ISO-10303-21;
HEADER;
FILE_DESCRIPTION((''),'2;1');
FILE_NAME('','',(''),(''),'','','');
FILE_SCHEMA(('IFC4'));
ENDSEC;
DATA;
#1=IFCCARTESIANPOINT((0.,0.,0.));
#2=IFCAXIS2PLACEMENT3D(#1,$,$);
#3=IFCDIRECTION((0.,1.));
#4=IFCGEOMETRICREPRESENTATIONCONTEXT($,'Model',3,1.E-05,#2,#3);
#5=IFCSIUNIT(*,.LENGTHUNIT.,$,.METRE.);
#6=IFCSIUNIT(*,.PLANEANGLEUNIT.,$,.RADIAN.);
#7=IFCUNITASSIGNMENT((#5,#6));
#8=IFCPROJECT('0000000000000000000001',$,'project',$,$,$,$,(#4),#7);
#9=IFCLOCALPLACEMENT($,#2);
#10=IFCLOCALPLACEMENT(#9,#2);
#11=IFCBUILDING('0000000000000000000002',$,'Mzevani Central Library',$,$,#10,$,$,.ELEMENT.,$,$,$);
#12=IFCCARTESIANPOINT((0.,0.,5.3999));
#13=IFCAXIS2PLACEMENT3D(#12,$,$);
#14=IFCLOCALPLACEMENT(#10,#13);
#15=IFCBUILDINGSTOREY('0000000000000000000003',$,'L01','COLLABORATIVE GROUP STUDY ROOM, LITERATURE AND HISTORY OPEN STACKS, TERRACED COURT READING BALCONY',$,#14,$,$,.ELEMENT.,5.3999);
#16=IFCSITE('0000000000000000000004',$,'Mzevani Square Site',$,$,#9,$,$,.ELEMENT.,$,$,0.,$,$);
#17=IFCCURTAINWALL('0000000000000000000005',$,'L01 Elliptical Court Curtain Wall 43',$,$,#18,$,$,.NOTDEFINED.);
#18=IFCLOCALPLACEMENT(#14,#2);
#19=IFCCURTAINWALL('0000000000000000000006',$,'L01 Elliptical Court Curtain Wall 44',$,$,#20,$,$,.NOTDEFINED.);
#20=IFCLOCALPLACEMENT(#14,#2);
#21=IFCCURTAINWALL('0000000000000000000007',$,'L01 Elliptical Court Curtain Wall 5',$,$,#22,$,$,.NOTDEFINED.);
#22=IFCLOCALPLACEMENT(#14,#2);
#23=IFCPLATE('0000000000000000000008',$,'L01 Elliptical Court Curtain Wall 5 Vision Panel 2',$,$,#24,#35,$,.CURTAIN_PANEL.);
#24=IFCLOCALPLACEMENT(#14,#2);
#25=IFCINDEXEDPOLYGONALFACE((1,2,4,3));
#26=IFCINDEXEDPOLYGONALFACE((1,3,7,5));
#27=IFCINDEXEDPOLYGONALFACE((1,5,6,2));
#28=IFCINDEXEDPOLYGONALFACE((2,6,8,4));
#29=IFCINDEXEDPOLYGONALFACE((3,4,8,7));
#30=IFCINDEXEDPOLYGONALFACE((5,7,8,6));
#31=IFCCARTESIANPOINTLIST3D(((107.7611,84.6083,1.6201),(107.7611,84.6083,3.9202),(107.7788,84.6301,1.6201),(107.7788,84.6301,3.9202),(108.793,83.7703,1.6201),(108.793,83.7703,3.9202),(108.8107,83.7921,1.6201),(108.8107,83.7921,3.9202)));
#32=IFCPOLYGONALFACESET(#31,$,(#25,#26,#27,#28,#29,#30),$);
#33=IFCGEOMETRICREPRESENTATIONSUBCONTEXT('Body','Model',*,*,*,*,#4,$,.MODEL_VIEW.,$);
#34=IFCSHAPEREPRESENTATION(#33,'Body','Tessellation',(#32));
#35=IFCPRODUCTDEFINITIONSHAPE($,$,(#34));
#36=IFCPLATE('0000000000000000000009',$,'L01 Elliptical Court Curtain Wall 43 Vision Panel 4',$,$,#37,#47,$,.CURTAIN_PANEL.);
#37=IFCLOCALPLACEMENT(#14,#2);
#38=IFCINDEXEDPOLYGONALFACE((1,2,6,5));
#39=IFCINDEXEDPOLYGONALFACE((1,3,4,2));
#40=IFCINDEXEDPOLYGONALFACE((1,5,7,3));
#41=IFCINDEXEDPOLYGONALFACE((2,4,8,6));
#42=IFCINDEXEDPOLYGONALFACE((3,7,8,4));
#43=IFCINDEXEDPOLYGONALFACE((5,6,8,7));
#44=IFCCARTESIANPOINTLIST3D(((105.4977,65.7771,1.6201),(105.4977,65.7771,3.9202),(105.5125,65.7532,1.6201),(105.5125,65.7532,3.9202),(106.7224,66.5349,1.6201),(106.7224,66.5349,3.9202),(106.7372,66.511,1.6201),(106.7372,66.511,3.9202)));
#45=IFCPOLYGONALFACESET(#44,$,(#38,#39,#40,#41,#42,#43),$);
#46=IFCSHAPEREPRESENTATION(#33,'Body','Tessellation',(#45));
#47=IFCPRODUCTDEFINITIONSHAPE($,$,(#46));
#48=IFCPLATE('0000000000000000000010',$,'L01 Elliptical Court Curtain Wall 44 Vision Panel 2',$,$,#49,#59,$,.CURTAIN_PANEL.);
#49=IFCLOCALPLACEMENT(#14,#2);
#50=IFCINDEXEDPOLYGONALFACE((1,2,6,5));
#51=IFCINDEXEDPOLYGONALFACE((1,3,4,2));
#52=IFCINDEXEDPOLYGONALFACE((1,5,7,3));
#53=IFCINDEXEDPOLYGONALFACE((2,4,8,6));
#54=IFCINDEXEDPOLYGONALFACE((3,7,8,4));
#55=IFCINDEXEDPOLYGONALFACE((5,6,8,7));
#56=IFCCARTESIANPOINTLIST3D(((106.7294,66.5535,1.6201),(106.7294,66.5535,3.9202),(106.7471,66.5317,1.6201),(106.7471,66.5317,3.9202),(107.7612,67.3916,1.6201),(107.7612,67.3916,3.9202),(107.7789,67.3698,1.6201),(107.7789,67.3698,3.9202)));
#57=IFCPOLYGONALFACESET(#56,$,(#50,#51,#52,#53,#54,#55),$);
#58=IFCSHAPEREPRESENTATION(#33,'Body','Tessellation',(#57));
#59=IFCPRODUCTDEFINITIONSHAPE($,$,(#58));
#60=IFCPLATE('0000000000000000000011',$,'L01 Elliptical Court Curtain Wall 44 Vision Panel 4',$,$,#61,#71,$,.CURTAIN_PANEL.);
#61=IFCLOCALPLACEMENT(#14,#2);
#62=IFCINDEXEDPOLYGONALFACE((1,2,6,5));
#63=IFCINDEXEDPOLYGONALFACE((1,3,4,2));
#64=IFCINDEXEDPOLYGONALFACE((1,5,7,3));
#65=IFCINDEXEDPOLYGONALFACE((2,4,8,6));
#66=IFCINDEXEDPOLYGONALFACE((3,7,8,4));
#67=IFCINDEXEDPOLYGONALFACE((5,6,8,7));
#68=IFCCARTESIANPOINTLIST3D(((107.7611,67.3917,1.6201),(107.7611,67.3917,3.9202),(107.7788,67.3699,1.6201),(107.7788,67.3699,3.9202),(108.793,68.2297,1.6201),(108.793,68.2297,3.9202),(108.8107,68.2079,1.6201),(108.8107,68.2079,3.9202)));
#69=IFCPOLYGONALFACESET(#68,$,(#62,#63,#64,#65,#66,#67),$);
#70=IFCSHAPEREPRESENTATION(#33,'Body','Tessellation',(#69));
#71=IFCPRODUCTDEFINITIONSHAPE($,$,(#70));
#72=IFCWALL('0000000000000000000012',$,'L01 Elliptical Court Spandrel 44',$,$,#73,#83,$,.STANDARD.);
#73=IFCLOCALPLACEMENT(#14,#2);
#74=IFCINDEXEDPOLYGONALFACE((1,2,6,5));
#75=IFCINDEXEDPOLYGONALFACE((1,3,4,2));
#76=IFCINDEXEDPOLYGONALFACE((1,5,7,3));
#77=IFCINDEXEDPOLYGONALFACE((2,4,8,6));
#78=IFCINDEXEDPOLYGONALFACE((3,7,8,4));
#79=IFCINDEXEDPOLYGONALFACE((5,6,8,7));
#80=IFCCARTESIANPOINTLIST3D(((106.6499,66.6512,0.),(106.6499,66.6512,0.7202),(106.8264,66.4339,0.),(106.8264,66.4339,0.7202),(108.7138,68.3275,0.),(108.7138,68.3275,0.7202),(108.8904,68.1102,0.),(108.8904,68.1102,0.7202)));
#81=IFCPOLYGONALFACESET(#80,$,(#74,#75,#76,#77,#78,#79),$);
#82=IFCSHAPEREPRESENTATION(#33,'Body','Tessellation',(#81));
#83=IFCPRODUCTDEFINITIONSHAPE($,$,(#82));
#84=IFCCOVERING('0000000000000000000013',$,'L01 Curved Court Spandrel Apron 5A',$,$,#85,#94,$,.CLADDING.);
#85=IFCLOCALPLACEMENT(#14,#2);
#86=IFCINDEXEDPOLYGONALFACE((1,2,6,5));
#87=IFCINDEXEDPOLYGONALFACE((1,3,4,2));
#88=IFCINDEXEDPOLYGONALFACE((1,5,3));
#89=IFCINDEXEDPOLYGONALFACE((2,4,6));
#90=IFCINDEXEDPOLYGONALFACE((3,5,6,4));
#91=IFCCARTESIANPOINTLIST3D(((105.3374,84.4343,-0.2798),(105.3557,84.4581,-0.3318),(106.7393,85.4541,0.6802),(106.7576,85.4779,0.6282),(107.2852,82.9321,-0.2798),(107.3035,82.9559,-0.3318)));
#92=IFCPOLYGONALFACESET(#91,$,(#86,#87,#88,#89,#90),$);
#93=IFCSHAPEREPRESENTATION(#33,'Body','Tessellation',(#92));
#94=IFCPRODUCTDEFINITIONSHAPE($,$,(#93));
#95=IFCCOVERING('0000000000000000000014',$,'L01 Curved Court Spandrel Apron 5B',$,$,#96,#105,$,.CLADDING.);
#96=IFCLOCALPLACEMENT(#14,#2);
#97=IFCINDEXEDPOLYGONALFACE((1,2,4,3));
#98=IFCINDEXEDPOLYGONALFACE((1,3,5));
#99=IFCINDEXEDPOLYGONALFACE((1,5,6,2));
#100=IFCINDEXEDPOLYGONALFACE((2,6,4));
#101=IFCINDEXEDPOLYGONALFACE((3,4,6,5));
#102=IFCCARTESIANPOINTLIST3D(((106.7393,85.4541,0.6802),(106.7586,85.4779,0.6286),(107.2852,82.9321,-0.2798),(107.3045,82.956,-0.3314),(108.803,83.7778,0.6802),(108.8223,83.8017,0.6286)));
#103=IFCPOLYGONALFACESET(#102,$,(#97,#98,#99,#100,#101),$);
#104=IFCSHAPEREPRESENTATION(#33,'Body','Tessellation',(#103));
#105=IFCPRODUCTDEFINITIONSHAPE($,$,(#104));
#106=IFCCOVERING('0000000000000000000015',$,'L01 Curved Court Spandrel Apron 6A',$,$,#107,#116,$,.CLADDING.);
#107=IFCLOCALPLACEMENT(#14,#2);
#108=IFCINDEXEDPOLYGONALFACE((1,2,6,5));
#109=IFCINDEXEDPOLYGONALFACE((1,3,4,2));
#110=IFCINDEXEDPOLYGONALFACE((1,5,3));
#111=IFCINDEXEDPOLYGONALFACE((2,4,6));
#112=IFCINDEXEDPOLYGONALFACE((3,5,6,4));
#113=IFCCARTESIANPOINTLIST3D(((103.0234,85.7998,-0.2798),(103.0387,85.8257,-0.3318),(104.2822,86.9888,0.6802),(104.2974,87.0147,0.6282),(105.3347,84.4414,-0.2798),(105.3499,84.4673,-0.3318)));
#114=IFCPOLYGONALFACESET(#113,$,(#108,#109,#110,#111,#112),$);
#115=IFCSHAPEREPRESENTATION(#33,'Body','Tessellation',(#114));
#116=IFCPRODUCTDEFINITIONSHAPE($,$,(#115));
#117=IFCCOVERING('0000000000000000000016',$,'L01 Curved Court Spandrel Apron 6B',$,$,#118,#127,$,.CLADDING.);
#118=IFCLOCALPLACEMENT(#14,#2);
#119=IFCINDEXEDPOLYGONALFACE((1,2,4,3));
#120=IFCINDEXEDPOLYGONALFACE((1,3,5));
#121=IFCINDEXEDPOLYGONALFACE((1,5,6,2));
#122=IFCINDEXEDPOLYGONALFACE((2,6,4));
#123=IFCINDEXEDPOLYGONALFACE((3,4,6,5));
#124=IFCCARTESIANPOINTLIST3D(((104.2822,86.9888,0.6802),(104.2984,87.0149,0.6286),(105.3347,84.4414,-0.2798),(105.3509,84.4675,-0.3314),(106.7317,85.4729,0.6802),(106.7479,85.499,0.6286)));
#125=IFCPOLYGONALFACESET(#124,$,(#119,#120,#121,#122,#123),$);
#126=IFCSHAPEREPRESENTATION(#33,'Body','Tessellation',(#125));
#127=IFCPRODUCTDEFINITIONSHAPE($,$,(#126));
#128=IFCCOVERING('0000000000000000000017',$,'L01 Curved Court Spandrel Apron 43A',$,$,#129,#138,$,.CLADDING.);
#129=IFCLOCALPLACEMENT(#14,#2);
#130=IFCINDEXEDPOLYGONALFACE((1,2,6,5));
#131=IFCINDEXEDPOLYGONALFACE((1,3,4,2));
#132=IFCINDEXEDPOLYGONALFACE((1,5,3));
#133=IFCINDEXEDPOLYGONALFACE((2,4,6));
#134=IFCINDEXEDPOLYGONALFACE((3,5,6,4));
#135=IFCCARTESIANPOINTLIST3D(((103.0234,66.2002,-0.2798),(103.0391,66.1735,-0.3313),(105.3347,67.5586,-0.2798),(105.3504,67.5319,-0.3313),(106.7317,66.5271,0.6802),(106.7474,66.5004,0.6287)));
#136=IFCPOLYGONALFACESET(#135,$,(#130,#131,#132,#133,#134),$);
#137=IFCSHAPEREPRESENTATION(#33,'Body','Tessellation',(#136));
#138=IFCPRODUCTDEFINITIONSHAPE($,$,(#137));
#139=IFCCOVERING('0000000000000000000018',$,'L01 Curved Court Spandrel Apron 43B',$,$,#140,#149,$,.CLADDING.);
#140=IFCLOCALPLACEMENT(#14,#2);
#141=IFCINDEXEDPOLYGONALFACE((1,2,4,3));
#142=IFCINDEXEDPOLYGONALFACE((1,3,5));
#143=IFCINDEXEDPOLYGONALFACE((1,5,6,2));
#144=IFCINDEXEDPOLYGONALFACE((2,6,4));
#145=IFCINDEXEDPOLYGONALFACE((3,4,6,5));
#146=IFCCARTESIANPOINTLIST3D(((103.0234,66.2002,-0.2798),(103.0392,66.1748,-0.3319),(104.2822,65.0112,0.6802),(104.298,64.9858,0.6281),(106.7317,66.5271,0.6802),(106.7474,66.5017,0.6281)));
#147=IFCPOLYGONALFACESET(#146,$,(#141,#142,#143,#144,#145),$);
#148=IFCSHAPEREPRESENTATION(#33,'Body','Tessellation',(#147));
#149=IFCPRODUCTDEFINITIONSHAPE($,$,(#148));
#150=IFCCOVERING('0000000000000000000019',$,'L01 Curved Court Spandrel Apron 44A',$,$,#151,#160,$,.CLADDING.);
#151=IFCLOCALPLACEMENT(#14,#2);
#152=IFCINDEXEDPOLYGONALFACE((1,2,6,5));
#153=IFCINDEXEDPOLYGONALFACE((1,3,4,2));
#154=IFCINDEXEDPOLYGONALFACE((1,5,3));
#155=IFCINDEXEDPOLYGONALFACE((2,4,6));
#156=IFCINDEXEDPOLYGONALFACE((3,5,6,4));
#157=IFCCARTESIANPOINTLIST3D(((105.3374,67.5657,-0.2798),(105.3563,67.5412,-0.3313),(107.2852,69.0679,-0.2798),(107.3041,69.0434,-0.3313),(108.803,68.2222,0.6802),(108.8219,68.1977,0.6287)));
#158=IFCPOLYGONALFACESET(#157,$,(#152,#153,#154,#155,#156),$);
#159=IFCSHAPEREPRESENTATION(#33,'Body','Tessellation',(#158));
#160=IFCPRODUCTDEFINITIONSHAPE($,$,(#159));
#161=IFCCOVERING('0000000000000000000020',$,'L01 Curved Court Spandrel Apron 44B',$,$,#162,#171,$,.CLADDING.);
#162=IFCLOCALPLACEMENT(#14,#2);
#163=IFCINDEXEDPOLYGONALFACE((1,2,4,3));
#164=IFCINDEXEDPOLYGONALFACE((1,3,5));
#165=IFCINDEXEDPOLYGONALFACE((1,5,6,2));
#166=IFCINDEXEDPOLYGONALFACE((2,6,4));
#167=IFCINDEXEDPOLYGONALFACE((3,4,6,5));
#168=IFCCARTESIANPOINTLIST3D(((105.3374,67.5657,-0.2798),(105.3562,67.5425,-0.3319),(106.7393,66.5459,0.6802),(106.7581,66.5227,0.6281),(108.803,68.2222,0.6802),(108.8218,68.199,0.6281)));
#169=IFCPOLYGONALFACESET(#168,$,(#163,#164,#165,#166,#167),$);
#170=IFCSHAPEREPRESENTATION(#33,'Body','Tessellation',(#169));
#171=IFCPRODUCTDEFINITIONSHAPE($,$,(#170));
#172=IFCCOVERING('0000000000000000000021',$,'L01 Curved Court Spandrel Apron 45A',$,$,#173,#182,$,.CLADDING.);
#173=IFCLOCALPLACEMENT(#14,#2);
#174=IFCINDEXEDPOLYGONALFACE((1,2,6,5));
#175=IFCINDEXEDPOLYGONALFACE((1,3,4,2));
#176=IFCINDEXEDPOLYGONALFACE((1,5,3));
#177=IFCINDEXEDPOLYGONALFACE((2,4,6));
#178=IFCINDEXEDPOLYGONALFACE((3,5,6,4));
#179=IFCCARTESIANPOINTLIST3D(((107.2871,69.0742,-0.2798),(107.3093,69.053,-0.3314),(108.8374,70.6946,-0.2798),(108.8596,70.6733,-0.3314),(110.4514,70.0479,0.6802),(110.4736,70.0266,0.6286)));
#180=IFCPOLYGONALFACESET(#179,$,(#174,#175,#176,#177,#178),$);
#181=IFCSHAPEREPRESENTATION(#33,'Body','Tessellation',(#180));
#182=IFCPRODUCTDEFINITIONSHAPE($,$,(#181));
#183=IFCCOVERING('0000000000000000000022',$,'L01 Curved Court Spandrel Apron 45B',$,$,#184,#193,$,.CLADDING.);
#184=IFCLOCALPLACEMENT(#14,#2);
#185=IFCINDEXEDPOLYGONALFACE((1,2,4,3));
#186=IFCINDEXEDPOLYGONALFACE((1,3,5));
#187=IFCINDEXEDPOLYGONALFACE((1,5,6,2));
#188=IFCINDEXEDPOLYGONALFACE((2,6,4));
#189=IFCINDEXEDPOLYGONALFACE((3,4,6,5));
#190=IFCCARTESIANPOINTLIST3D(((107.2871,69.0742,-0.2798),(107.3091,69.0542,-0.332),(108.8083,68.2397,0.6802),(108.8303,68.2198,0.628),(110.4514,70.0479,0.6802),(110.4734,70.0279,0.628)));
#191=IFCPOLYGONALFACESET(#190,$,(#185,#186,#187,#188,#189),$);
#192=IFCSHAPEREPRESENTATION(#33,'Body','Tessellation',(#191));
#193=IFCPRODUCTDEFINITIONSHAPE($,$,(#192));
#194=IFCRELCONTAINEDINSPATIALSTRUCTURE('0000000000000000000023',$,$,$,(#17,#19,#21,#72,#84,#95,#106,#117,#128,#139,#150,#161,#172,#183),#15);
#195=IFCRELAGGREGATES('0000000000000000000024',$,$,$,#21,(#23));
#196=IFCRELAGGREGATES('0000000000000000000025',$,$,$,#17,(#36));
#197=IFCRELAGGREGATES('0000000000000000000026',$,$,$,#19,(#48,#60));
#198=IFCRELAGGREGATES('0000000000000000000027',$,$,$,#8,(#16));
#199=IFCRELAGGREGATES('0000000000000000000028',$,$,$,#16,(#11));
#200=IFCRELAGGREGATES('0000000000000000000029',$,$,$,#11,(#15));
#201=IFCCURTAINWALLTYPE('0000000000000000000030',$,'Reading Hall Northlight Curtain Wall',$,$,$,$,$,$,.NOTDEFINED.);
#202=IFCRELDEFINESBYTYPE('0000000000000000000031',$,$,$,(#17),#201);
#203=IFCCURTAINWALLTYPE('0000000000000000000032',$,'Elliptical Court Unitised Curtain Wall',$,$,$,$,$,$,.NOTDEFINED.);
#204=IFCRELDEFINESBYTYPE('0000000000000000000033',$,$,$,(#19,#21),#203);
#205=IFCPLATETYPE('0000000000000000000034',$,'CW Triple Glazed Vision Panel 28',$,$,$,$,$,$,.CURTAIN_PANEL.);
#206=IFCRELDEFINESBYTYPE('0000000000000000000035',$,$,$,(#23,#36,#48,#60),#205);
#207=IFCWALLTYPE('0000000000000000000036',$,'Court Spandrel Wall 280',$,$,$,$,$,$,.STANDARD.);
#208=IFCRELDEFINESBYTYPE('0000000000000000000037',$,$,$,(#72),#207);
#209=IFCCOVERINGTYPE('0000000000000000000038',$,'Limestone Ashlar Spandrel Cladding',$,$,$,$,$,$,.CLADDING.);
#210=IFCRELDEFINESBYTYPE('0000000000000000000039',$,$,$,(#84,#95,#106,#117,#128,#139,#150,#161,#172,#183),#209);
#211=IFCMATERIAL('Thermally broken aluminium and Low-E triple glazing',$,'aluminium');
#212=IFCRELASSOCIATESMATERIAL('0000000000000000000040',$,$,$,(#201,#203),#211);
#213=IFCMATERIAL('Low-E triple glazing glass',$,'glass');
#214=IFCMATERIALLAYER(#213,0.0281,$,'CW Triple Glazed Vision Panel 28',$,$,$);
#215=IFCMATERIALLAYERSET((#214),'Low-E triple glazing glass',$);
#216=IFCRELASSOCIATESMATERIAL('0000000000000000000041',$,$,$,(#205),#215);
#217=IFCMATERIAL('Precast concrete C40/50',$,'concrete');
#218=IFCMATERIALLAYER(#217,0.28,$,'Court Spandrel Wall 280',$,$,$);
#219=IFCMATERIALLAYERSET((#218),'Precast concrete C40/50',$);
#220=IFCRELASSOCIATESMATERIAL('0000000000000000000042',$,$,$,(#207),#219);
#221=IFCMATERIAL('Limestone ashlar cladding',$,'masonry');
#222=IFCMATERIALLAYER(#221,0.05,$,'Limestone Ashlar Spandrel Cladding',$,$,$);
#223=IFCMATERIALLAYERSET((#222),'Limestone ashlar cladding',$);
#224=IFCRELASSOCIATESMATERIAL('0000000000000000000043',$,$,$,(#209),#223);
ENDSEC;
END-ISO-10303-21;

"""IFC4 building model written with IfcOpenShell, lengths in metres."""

from ifc_helpers import new_model, si_unit, direction, frame, frame_2d, origin, origin_2d, place, context, subcontext, project, spatial, polyline, rectangle, outline, extrude, material, layer, layer_set, type_object, element, aggregate, save


model = new_model("IFC4")

# Units and contexts
model_context = context("Model", 3, precision=1e-05, world=origin(), true_north=direction((0.0, 1.0)))
body_context = subcontext(model_context, "Body", "Model", "MODEL_VIEW")
ifc_project = project(units=[si_unit("LENGTHUNIT", "METRE"), si_unit("PLANEANGLEUNIT", "RADIAN")], contexts=[model_context])

# Site, building, storey
site_placement = place(None, origin())
site = spatial("IfcSite", under=ifc_project, at=site_placement, Name="Mzevani Square Site", CompositionType="ELEMENT", RefElevation=0.0)
building_placement = place(site_placement, origin())
building = spatial("IfcBuilding", under=site, at=building_placement, Name="Mzevani Central Library", CompositionType="ELEMENT")
storey_placement = place(building_placement, frame((0.0, 0.0, 5.3999)))
storey = spatial("IfcBuildingStorey", under=building, at=storey_placement, Name="L01", Description="COLLABORATIVE GROUP STUDY ROOM, LITERATURE AND HISTORY OPEN STACKS, TERRACED COURT READING BALCONY", CompositionType="ELEMENT", Elevation=5.3999)

# Curtain wall
ifc_material_1 = material(Name="Thermally broken aluminium and Low-E triple glazing", Category="aluminium")
curtain_wall_type_1 = type_object("IfcCurtainWallType", Name="Reading Hall Northlight Curtain Wall", PredefinedType="NOTDEFINED", material=ifc_material_1)
curtain_wall_1_placement = place(storey_placement, origin())
curtain_wall_1 = element("IfcCurtainWall", 1, at=curtain_wall_1_placement, inside=storey, type_object=curtain_wall_type_1, Name="L01 Elliptical Court Curtain Wall 43", PredefinedType="NOTDEFINED")

# Curtain wall
curtain_wall_type_2 = type_object("IfcCurtainWallType", Name="Elliptical Court Unitised Curtain Wall", PredefinedType="NOTDEFINED", material=ifc_material_1)
curtain_wall_2_placement = place(storey_placement, origin())
curtain_wall_2 = element("IfcCurtainWall", 2, at=curtain_wall_2_placement, inside=storey, type_object=curtain_wall_type_2, Name="L01 Elliptical Court Curtain Wall 44", PredefinedType="NOTDEFINED")

# Curtain wall
curtain_wall_3_placement = place(storey_placement, origin())
curtain_wall_3 = element("IfcCurtainWall", 3, at=curtain_wall_3_placement, inside=storey, type_object=curtain_wall_type_2, Name="L01 Elliptical Court Curtain Wall 5", PredefinedType="NOTDEFINED")

# Plates
ifc_material_2 = material(Name="Low-E triple glazing glass", Category="glass")
ifc_layer_1 = layer(ifc_material_2, 0.0281, Name="CW Triple Glazed Vision Panel 28")
ifc_layer_set_1 = layer_set([ifc_layer_1], Name="Low-E triple glazing glass")
plate_type_1 = type_object("IfcPlateType", Name="CW Triple Glazed Vision Panel 28", PredefinedType="CURTAIN_PANEL", material=ifc_layer_set_1)
plate_1_placement = place(storey_placement, frame((108.2859, 84.2002, 1.6201), z_axis=(0.0, 0.0, 1.0), x_axis=(-0.776231, 0.630448, 0.0)))
plate_1 = element("IfcPlate", 4, at=plate_1_placement, type_object=plate_type_1, Name="L01 Elliptical Court Curtain Wall 5 Vision Panel 2", PredefinedType="CURTAIN_PANEL", context=body_context, shape_type="SweptSolid", body=[
    extrude(rectangle(XDim=1.3293, YDim=0.0281, at=origin_2d()), origin(), (0.0, 0.0, 1.0), 2.3),
])
aggregate(curtain_wall_3, [plate_1])
plate_2_placement = place(storey_placement, frame((106.1174, 66.144, 1.6201), z_axis=(0.0, 0.0, 1.0), x_axis=(0.850358, 0.526205, 0.0)))
plate_2 = element("IfcPlate", 5, at=plate_2_placement, type_object=plate_type_1, Name="L01 Elliptical Court Curtain Wall 43 Vision Panel 4", PredefinedType="CURTAIN_PANEL", context=body_context, shape_type="SweptSolid", body=[
    extrude(rectangle(XDim=1.4402, YDim=0.0281, at=origin_2d()), origin(), (0.0, 0.0, 1.0), 2.3),
])
aggregate(curtain_wall_1, [plate_2])
plate_3_placement = place(storey_placement, frame((107.2542, 66.9617, 1.6201), z_axis=(0.0, 0.0, 1.0), x_axis=(0.776231, 0.630448, 0.0)))
plate_3 = element("IfcPlate", 6, at=plate_3_placement, type_object=plate_type_1, Name="L01 Elliptical Court Curtain Wall 44 Vision Panel 2", PredefinedType="CURTAIN_PANEL", context=body_context, shape_type="SweptSolid", body=[
    extrude(rectangle(XDim=1.3293, YDim=0.0281, at=origin_2d()), origin(), (0.0, 0.0, 1.0), 2.3),
])
plate_4_placement = place(storey_placement, frame((108.2859, 67.7998, 1.6201), z_axis=(0.0, 0.0, 1.0), x_axis=(0.776231, 0.630448, 0.0)))
plate_4 = element("IfcPlate", 7, at=plate_4_placement, type_object=plate_type_1, Name="L01 Elliptical Court Curtain Wall 44 Vision Panel 4", PredefinedType="CURTAIN_PANEL", context=body_context, shape_type="SweptSolid", body=[
    extrude(rectangle(XDim=1.3293, YDim=0.0281, at=origin_2d()), origin(), (0.0, 0.0, 1.0), 2.3),
])
aggregate(curtain_wall_2, [plate_3, plate_4])

# Wall
ifc_material_3 = material(Name="Precast concrete C40/50", Category="concrete")
ifc_layer_2 = layer(ifc_material_3, 0.28, Name="Court Spandrel Wall 280")
ifc_layer_set_2 = layer_set([ifc_layer_2], Name="Precast concrete C40/50")
wall_type = type_object("IfcWallType", Name="Court Spandrel Wall 280", PredefinedType="STANDARD", material=ifc_layer_set_2)
wall_placement = place(storey_placement, frame((106.738, 66.5425, 0.0), z_axis=(0.0, 0.0, 1.0), x_axis=(0.776243, 0.630434, 0.0)))
element("IfcWall", 8, at=wall_placement, inside=storey, type_object=wall_type, Name="L01 Elliptical Court Spandrel 44", PredefinedType="STANDARD", context=body_context, shape_type="SweptSolid", body=[
    extrude(rectangle(XDim=2.6589, YDim=0.28, at=frame_2d((1.3296, 0.0))), origin(), (0.0, 0.0, 1.0), 0.7202),
])

# Coverings
ifc_material_4 = material(Name="Limestone ashlar cladding", Category="masonry")
ifc_layer_3 = layer(ifc_material_4, 0.05, Name="Limestone Ashlar Spandrel Cladding")
ifc_layer_set_3 = layer_set([ifc_layer_3], Name="Limestone ashlar cladding")
covering_type = type_object("IfcCoveringType", Name="Limestone Ashlar Spandrel Cladding", PredefinedType="CLADDING", material=ifc_layer_set_3)
covering_1_placement = place(storey_placement, frame((107.2852, 82.9321, -0.2798), z_axis=(-0.305227, -0.395758, 0.866148), x_axis=(-0.791852, 0.610713, 0.0)))
element("IfcCovering", 9, at=covering_1_placement, inside=storey, type_object=covering_type, Name="L01 Curved Court Spandrel Apron 5A", PredefinedType="CLADDING", context=body_context, shape_type="SweptSolid", body=[
    extrude(outline(polyline([(0.0, 0.0), (2.4597, 0.0), (1.9725, -1.9207), (0.0, 0.0)])), origin(), (0.0, 0.0, -1.0), 0.0601),
])
covering_2_placement = place(storey_placement, frame((107.2852, 82.9321, -0.2798), z_axis=(-0.322382, -0.396897, 0.859385), x_axis=(-0.198281, 0.916029, 0.348676)))
element("IfcCovering", 10, at=covering_2_placement, inside=storey, type_object=covering_type, Name="L01 Curved Court Spandrel Apron 5B", PredefinedType="CLADDING", context=body_context, shape_type="SweptSolid", body=[
    extrude(outline(polyline([(0.0, 0.0), (2.7532, 0.0), (0.8084, -1.813), (0.0, 0.0)])), origin(), (0.0, 0.0, -1.0), 0.0601),
])
covering_3_placement = place(storey_placement, frame((105.3347, 84.4414, -0.2798), z_axis=(-0.253329, -0.431033, 0.866046), x_axis=(-0.862126, 0.506694, 0.0)))
element("IfcCovering", 11, at=covering_3_placement, inside=storey, type_object=covering_type, Name="L01 Curved Court Spandrel Apron 6A", PredefinedType="CLADDING", context=body_context, shape_type="SweptSolid", body=[
    extrude(outline(polyline([(0.0, 0.0), (2.6809, 0.0), (2.1981, -1.9201), (0.0, 0.0)])), origin(), (0.0, 0.0, -1.0), 0.0601),
])
covering_4_placement = place(storey_placement, frame((105.3347, 84.4414, -0.2798), z_axis=(-0.269221, -0.435029, 0.859226), x_axis=(-0.360613, 0.872798, 0.32891)))
element("IfcCovering", 12, at=covering_4_placement, inside=storey, type_object=covering_type, Name="L01 Curved Court Spandrel Apron 6B", PredefinedType="CLADDING", context=body_context, shape_type="SweptSolid", body=[
    extrude(outline(polyline([(0.0, 0.0), (2.9186, 0.0), (0.7123, -1.852), (0.0, 0.0)])), origin(), (0.0, 0.0, -1.0), 0.0601),
])
covering_5_placement = place(storey_placement, frame((103.0234, 66.2002, -0.2798), z_axis=(-0.26103, 0.444136, 0.857092), x_axis=(0.862126, 0.506694, 0.0)))
element("IfcCovering", 13, at=covering_5_placement, inside=storey, type_object=covering_type, Name="L01 Curved Court Spandrel Apron 43A", PredefinedType="CLADDING", context=body_context, shape_type="SweptSolid", body=[
    extrude(outline(polyline([(0.0, 0.0), (2.6809, 0.0), (3.3626, -1.8634), (0.0, 0.0)])), origin(), (0.0, 0.0, -1.0), 0.0601),
])
covering_6_placement = place(storey_placement, frame((103.0234, 66.2002, -0.2798), z_axis=(-0.261849, 0.423117, 0.867414), x_axis=(0.964582, 0.085034, 0.249703)))
element("IfcCovering", 14, at=covering_6_placement, inside=storey, type_object=covering_type, Name="L01 Curved Court Spandrel Apron 43B", PredefinedType="CLADDING", context=body_context, shape_type="SweptSolid", body=[
    extrude(outline(polyline([(0.0, 0.0), (3.8444, 0.0), (1.3528, -1.4456), (0.0, 0.0)])), origin(), (0.0, 0.0, -1.0), 0.0601),
])
covering_7_placement = place(storey_placement, frame((105.3374, 67.5657, -0.2798), z_axis=(-0.314688, 0.408025, 0.857022), x_axis=(0.791852, 0.610713, 0.0)))
element("IfcCovering", 15, at=covering_7_placement, inside=storey, type_object=covering_type, Name="L01 Curved Court Spandrel Apron 44A", PredefinedType="CLADDING", context=body_context, shape_type="SweptSolid", body=[
    extrude(outline(polyline([(0.0, 0.0), (2.4597, 0.0), (3.1452, -1.863), (0.0, 0.0)])), origin(), (0.0, 0.0, -1.0), 0.0601),
])
covering_8_placement = place(storey_placement, frame((105.3374, 67.5657, -0.2798), z_axis=(-0.313443, 0.385891, 0.867664), x_axis=(0.948043, 0.17959, 0.262607)))
element("IfcCovering", 16, at=covering_8_placement, inside=storey, type_object=covering_type, Name="L01 Curved Court Spandrel Apron 44B", PredefinedType="CLADDING", context=body_context, shape_type="SweptSolid", body=[
    extrude(outline(polyline([(0.0, 0.0), (3.6555, 0.0), (1.398, -1.4044), (0.0, 0.0)])), origin(), (0.0, 0.0, -1.0), 0.0601),
])
covering_9_placement = place(storey_placement, frame((107.2871, 69.0742, -0.2798), z_axis=(-0.369479, 0.353502, 0.859373), x_axis=(0.691312, 0.722557, 0.0)))
element("IfcCovering", 17, at=covering_9_placement, inside=storey, type_object=covering_type, Name="L01 Curved Court Spandrel Apron 45A", PredefinedType="CLADDING", context=body_context, shape_type="SweptSolid", body=[
    extrude(outline(polyline([(0.0, 0.0), (2.2425, 0.0), (2.891, -1.8773), (0.0, 0.0)])), origin(), (0.0, 0.0, -1.0), 0.0601),
])
covering_10_placement = place(storey_placement, frame((107.2871, 69.0742, -0.2798), z_axis=(-0.366013, 0.332604, 0.869143), x_axis=(0.917969, 0.282452, 0.278486)))
element("IfcCovering", 18, at=covering_10_placement, inside=storey, type_object=covering_type, Name="L01 Curved Court Spandrel Apron 45B", PredefinedType="CLADDING", context=body_context, shape_type="SweptSolid", body=[
    extrude(outline(polyline([(0.0, 0.0), (3.4471, 0.0), (1.4281, -1.3757), (0.0, 0.0)])), origin(), (0.0, 0.0, -1.0), 0.0601),
])

save(model, "model.ifc")
